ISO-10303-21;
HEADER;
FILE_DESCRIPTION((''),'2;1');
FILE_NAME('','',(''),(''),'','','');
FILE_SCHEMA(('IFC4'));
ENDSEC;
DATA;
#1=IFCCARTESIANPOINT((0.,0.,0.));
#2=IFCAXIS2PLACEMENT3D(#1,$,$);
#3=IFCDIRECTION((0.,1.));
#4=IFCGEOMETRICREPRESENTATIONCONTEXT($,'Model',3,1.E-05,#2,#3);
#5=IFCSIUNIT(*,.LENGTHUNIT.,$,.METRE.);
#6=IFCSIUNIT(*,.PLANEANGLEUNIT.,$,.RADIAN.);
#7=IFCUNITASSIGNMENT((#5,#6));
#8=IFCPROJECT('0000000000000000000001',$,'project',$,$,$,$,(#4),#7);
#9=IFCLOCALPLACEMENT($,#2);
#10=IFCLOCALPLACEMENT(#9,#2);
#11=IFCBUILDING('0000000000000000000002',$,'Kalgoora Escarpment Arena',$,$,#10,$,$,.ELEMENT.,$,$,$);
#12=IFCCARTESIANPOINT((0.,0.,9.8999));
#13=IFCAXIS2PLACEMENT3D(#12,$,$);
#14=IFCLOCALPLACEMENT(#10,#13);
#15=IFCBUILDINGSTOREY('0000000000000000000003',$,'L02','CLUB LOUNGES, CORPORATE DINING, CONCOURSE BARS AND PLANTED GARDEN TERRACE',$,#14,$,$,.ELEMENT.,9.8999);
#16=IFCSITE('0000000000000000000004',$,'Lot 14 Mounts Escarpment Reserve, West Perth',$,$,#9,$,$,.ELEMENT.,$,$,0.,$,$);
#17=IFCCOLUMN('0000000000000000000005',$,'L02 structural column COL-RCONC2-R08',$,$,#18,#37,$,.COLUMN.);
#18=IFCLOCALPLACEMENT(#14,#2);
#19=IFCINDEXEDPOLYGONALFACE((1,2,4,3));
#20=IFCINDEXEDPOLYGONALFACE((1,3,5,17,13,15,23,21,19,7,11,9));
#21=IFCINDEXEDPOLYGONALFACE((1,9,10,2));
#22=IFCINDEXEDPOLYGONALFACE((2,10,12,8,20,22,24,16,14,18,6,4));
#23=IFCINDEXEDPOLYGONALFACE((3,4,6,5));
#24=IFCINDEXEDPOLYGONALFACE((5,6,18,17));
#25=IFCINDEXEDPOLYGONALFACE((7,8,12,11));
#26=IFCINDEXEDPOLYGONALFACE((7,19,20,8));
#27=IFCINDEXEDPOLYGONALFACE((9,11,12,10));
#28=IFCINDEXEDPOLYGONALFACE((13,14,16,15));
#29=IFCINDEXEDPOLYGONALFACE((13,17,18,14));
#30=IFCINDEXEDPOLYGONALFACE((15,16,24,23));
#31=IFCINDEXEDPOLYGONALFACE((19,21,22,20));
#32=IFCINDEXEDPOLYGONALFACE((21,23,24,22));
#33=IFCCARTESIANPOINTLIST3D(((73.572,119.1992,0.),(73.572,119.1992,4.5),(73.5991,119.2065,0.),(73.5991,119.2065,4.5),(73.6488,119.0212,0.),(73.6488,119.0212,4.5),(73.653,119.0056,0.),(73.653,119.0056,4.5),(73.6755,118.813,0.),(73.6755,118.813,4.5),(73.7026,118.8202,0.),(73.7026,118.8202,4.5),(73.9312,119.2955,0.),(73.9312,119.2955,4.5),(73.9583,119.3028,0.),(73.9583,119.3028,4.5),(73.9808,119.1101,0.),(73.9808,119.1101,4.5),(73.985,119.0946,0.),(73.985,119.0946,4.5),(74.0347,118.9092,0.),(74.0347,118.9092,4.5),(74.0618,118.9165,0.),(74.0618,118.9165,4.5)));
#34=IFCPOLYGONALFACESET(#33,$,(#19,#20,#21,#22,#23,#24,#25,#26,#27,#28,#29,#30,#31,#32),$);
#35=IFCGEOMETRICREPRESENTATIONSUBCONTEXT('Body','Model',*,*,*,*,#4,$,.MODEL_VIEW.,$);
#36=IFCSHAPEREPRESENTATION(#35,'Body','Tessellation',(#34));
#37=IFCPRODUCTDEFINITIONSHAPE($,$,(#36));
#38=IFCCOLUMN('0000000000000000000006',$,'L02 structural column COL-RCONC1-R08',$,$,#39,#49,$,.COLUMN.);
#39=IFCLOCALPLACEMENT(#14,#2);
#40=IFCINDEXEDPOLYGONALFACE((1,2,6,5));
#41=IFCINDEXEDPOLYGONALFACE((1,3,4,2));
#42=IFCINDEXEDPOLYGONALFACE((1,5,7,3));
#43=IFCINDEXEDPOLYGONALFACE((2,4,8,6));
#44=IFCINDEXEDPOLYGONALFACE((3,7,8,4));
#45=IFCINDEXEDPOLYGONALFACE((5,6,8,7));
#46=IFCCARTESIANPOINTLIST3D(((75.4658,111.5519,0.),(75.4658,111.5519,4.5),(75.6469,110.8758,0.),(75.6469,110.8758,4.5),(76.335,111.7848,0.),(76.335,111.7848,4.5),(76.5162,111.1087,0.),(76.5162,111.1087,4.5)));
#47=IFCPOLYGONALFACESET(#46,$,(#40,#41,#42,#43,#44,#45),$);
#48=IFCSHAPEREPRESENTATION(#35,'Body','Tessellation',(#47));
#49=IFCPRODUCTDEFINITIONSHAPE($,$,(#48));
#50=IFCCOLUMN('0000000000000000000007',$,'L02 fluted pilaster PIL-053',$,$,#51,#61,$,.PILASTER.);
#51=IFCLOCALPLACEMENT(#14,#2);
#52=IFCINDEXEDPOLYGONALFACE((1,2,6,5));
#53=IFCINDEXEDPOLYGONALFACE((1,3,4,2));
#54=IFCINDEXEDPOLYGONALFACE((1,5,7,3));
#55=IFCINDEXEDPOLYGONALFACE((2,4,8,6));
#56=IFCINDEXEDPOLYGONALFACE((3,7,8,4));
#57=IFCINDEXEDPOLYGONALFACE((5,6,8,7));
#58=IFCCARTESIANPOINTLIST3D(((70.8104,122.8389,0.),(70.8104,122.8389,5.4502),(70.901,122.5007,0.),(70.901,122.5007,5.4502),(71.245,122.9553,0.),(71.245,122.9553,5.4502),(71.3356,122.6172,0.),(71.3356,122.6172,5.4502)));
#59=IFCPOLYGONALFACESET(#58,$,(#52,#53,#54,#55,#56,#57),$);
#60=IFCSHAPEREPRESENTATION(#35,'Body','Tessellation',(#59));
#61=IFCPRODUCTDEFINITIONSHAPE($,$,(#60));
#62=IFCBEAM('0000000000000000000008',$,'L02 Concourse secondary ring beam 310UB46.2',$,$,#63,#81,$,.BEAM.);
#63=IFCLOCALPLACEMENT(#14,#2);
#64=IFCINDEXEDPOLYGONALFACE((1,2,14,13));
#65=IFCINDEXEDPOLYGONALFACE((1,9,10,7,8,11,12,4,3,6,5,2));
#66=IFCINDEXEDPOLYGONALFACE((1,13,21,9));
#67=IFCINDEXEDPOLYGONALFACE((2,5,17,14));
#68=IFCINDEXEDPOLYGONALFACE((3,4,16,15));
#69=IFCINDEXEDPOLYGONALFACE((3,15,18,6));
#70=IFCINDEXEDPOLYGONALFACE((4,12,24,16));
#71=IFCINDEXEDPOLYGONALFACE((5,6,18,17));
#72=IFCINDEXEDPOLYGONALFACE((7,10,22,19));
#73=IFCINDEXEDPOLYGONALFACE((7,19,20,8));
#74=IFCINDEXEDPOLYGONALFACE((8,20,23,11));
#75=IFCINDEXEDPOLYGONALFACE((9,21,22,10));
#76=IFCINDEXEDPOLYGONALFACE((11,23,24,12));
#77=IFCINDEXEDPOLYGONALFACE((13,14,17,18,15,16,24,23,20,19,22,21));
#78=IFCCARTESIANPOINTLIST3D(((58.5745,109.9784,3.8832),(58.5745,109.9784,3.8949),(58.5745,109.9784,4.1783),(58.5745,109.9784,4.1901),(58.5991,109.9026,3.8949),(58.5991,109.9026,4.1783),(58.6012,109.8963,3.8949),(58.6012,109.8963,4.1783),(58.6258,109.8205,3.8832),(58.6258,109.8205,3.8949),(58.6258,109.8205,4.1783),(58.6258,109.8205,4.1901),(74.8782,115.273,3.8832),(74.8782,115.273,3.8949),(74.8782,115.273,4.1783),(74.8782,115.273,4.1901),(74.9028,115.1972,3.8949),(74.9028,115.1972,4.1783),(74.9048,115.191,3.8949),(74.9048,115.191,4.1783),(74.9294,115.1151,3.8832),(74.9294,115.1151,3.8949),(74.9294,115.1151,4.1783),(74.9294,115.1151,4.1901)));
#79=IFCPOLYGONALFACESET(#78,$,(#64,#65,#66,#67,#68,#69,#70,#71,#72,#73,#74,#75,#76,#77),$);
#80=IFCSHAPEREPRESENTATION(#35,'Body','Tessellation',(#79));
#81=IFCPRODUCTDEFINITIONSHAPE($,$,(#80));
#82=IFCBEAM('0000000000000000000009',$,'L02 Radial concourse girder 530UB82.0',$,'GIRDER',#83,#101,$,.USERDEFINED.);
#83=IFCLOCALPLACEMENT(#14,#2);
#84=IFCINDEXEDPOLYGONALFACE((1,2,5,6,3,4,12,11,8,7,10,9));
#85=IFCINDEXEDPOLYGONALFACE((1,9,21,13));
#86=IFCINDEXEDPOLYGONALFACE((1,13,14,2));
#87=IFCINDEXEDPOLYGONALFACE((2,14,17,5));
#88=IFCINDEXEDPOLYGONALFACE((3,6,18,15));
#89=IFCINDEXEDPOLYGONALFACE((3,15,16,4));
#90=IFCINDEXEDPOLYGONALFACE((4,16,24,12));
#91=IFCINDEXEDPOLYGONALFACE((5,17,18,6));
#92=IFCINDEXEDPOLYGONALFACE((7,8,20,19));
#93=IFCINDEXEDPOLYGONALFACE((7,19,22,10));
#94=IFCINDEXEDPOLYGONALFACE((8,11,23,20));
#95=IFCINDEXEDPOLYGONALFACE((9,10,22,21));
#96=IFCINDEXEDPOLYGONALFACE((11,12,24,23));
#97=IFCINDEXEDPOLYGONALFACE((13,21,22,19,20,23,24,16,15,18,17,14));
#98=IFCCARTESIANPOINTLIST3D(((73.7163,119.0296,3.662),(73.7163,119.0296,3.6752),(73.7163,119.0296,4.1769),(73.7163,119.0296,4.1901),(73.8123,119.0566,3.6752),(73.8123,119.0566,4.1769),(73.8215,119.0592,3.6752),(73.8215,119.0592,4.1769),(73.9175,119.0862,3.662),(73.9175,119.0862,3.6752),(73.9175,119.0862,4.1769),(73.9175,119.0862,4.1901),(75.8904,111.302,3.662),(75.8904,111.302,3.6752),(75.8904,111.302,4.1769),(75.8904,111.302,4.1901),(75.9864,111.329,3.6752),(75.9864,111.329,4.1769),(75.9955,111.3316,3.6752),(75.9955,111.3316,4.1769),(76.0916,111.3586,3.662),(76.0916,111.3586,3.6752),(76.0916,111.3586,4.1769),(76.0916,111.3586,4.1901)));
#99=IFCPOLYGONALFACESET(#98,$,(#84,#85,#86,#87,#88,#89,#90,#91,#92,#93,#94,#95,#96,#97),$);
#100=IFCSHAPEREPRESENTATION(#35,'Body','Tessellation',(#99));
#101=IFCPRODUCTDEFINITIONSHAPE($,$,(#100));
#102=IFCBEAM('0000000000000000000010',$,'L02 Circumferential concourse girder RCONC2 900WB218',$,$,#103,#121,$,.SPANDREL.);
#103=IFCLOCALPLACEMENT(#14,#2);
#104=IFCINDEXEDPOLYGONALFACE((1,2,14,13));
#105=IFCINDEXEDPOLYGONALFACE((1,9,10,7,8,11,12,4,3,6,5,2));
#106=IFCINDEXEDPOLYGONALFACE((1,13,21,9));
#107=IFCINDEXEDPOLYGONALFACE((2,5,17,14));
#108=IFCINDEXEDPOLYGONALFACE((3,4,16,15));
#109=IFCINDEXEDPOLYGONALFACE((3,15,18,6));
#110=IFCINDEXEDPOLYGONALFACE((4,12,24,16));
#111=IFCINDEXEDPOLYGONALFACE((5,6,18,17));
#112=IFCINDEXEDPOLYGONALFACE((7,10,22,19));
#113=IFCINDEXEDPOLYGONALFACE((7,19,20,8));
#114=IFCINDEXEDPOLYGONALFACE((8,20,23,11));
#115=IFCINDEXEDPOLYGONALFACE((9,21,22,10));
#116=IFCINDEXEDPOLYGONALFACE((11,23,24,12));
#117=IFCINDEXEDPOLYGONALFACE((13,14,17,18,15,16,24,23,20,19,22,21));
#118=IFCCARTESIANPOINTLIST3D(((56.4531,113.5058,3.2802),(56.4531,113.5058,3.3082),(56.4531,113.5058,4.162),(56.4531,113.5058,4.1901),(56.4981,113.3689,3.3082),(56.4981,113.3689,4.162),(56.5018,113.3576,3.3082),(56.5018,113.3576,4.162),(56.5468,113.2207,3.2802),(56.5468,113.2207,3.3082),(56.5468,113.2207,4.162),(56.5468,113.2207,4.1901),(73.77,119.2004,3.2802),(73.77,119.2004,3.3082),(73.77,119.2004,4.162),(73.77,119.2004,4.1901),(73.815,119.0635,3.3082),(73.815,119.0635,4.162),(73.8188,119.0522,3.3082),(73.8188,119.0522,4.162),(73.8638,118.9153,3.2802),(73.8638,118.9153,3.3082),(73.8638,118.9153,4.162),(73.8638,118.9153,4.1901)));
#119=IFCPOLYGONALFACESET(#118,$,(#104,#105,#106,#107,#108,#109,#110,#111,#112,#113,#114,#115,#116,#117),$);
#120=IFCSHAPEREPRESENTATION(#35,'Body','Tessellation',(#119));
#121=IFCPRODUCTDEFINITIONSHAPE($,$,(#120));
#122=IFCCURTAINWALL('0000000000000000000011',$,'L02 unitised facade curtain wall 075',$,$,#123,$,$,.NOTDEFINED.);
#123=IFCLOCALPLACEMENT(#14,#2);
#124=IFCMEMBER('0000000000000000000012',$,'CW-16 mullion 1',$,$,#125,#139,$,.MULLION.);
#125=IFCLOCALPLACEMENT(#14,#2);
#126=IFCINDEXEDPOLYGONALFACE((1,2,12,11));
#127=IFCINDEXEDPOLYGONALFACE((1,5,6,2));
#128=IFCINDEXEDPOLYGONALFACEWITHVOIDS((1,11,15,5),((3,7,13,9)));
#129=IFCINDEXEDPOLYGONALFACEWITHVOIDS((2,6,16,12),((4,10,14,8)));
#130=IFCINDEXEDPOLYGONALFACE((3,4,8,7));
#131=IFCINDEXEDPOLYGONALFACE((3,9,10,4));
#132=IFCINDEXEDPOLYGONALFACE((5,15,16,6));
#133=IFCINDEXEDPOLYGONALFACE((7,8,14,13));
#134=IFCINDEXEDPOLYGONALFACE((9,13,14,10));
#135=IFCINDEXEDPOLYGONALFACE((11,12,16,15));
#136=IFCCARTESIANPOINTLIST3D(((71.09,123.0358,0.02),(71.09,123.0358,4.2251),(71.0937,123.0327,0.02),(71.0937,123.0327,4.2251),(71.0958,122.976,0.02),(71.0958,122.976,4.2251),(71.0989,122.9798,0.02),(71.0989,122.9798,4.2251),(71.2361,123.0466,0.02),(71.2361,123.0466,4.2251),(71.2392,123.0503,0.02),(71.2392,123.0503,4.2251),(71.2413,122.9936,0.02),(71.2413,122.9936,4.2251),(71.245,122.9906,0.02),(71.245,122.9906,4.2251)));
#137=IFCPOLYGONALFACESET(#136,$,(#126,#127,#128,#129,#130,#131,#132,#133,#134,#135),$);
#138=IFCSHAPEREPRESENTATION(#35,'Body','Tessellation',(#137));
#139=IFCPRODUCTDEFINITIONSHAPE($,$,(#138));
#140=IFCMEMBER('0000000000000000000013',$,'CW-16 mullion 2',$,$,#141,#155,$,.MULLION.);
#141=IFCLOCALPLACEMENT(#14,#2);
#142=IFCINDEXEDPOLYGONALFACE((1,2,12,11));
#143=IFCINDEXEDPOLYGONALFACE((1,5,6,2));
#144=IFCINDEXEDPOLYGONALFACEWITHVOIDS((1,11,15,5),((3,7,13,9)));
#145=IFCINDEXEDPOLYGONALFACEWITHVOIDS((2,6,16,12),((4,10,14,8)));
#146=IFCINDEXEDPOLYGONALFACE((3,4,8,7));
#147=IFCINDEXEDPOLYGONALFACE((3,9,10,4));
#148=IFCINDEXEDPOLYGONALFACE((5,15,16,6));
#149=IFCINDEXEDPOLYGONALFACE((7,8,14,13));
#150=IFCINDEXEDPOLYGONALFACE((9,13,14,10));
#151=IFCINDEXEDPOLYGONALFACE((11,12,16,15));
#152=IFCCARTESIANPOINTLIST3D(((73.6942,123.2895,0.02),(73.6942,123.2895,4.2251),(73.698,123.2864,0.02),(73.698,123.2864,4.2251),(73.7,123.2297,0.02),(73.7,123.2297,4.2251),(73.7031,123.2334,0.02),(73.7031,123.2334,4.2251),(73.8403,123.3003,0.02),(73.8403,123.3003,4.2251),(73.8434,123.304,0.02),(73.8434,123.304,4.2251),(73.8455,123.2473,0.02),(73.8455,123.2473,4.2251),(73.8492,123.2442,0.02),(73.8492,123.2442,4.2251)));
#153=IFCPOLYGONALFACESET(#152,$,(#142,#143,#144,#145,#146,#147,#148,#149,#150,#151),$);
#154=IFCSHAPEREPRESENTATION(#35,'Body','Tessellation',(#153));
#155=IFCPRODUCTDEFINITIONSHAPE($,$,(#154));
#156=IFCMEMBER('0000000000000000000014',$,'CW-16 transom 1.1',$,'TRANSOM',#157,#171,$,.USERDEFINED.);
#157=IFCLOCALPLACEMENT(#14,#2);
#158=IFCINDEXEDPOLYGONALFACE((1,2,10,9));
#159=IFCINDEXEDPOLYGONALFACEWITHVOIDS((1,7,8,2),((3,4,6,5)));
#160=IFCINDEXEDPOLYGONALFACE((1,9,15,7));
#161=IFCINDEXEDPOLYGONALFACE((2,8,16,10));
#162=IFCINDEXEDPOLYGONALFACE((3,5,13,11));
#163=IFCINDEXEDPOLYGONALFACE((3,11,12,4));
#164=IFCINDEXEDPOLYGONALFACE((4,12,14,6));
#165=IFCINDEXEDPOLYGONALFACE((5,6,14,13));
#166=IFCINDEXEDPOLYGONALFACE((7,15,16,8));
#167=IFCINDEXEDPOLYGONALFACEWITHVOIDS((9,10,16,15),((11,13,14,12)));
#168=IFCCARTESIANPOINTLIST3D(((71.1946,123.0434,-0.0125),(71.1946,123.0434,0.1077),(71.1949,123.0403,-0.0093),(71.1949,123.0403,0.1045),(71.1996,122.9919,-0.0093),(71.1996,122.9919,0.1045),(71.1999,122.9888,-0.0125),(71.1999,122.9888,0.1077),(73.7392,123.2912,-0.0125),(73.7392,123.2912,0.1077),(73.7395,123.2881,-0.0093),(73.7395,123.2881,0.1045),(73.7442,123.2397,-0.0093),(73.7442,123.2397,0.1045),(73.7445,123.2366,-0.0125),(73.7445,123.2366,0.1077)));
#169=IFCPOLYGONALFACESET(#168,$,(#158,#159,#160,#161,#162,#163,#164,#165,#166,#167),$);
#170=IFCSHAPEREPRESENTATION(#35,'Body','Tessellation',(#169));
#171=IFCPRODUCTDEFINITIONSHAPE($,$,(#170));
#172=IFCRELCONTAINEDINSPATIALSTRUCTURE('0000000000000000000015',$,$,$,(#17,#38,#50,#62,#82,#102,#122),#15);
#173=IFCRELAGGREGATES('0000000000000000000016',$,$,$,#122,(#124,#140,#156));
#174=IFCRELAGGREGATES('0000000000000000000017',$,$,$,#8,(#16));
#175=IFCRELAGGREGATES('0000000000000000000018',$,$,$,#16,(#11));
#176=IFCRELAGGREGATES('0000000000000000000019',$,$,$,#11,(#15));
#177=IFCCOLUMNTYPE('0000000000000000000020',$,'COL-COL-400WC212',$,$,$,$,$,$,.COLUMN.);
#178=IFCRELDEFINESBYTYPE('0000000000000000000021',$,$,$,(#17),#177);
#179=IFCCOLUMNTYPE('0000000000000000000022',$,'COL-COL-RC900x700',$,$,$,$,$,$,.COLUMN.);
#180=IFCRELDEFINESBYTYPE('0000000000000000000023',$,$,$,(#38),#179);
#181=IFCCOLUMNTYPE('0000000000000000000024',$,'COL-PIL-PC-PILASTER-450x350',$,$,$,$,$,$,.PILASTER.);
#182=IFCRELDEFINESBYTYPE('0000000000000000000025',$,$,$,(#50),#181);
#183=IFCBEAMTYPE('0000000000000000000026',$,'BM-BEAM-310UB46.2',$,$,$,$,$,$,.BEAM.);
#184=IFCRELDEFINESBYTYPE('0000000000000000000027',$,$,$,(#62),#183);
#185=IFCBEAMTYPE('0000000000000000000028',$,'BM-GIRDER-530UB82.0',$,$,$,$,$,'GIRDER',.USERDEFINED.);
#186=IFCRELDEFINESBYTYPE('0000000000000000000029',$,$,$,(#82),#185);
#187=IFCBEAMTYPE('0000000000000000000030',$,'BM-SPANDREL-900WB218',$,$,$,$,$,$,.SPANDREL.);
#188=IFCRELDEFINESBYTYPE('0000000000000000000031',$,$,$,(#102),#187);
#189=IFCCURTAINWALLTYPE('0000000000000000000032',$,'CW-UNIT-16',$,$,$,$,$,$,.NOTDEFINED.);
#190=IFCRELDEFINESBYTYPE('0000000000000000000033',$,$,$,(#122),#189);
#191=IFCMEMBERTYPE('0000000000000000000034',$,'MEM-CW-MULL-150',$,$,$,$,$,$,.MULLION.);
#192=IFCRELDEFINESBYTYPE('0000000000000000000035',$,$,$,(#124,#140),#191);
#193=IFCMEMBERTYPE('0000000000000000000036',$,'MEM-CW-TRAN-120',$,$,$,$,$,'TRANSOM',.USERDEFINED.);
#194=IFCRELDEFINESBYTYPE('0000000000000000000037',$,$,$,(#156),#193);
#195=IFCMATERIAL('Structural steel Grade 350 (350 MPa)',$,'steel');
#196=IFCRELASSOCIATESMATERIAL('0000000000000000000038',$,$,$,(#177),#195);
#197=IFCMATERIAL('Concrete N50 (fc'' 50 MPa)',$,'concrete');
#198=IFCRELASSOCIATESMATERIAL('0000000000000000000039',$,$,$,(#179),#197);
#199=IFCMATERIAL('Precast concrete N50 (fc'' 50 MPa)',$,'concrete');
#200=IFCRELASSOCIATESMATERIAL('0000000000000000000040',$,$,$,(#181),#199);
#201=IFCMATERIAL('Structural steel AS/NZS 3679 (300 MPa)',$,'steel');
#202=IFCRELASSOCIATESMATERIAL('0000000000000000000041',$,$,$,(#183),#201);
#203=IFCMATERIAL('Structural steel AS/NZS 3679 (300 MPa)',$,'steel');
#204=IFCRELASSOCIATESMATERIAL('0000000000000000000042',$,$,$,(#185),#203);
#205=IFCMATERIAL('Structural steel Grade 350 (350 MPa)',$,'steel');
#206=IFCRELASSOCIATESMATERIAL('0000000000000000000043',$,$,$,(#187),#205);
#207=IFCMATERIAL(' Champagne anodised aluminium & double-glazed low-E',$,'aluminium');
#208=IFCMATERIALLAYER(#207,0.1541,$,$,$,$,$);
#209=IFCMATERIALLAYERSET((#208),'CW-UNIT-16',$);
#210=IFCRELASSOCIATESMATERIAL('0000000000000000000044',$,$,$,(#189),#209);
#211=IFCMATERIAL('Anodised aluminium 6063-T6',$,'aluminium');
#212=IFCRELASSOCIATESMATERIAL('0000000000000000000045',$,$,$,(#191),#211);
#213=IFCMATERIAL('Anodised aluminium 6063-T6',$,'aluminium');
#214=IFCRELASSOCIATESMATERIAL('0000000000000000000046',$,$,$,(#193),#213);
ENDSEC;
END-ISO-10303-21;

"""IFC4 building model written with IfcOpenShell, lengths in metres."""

from ifc_helpers import new_model, si_unit, direction, frame, origin, origin_2d, place, context, subcontext, project, spatial, rectangle, hollow_rectangle, i_section, extrude, material, layer, layer_set, material_profile, profile_set, type_object, element, aggregate, save


model = new_model("IFC4")

# Units and contexts
model_context = context("Model", 3, precision=1e-05, world=origin(), true_north=direction((0.0, 1.0)))
body_context = subcontext(model_context, "Body", "Model", "MODEL_VIEW")
ifc_project = project(units=[si_unit("LENGTHUNIT", "METRE"), si_unit("PLANEANGLEUNIT", "RADIAN")], contexts=[model_context])

# Site, building, storey
site_placement = place(None, origin())
site = spatial("IfcSite", under=ifc_project, at=site_placement, Name="Lot 14 Mounts Escarpment Reserve, West Perth", CompositionType="ELEMENT", RefElevation=0.0)
building_placement = place(site_placement, origin())
building = spatial("IfcBuilding", under=site, at=building_placement, Name="Kalgoora Escarpment Arena", CompositionType="ELEMENT")
storey_placement = place(building_placement, frame((0.0, 0.0, 9.8999)))
storey = spatial("IfcBuildingStorey", under=building, at=storey_placement, Name="L02", Description="CLUB LOUNGES, CORPORATE DINING, CONCOURSE BARS AND PLANTED GARDEN TERRACE", CompositionType="ELEMENT", Elevation=9.8999)

# Columns
ifc_material_1 = material(Name="Structural steel Grade 350 (350 MPa)", Category="steel")
ifc_material_profile_1 = material_profile(ifc_material_1, i_section(OverallWidth=0.3999, OverallDepth=0.3999, WebThickness=0.0161, FlangeThickness=0.0281, at=origin_2d()))
ifc_profile_set_1 = profile_set([ifc_material_profile_1], Name="Structural steel Grade 350 (350 MPa)")
column_type_1 = type_object("IfcColumnType", Name="COL-COL-400WC212", PredefinedType="COLUMN", material=ifc_profile_set_1)
column_1_placement = place(storey_placement, frame((73.8169, 119.0579, 0.0), z_axis=(0.0, 0.0, 1.0), x_axis=(-0.258819, 0.965926, 0.0)))
element("IfcColumn", 1, at=column_1_placement, inside=storey, type_object=column_type_1, Name="L02 structural column COL-RCONC2-R08", PredefinedType="COLUMN", context=body_context, shape_type="SweptSolid", body=[
    extrude(i_section(OverallWidth=0.3999, OverallDepth=0.3999, WebThickness=0.0161, FlangeThickness=0.0281, at=origin_2d()), origin(), (0.0, 0.0, 1.0), 4.5),
])
ifc_material_2 = material(Name="Concrete N50 (fc' 50 MPa)", Category="concrete")
ifc_material_profile_2 = material_profile(ifc_material_2, rectangle(XDim=0.7, YDim=0.8999, at=origin_2d()))
ifc_profile_set_2 = profile_set([ifc_material_profile_2], Name="Concrete N50 (fc' 50 MPa)")
column_type_2 = type_object("IfcColumnType", Name="COL-COL-RC900x700", PredefinedType="COLUMN", material=ifc_profile_set_2)
column_2_placement = place(storey_placement, frame((75.991, 111.3303, 0.0), z_axis=(0.0, 0.0, 1.0), x_axis=(-0.258819, 0.965926, 0.0)))
element("IfcColumn", 2, at=column_2_placement, inside=storey, type_object=column_type_2, Name="L02 structural column COL-RCONC1-R08", PredefinedType="COLUMN", context=body_context, shape_type="SweptSolid", body=[
    extrude(rectangle(XDim=0.7, YDim=0.8999, at=origin_2d()), origin(), (0.0, 0.0, 1.0), 4.5),
])
ifc_material_3 = material(Name="Precast concrete N50 (fc' 50 MPa)", Category="concrete")
ifc_material_profile_3 = material_profile(ifc_material_3, rectangle(XDim=0.3501, YDim=0.45, at=origin_2d()))
ifc_profile_set_3 = profile_set([ifc_material_profile_3], Name="Precast concrete N50 (fc' 50 MPa)")
column_type_3 = type_object("IfcColumnType", Name="COL-PIL-PC-PILASTER-450x350", PredefinedType="PILASTER", material=ifc_profile_set_3)
column_3_placement = place(storey_placement, frame((71.073, 122.728, 0.0), z_axis=(0.0, 0.0, 1.0), x_axis=(-0.258819, 0.965926, 0.0)))
element("IfcColumn", 3, at=column_3_placement, inside=storey, type_object=column_type_3, Name="L02 fluted pilaster PIL-053", PredefinedType="PILASTER", context=body_context, shape_type="SweptSolid", body=[
    extrude(rectangle(XDim=0.3501, YDim=0.45, at=origin_2d()), origin(), (0.0, 0.0, 1.0), 5.4502),
])

# Beams
ifc_material_4 = material(Name="Structural steel AS/NZS 3679 (300 MPa)", Category="steel")
ifc_material_profile_4 = material_profile(ifc_material_4, i_section(OverallWidth=0.166, OverallDepth=0.3069, WebThickness=0.0066, FlangeThickness=0.0117, at=origin_2d()))
ifc_profile_set_4 = profile_set([ifc_material_profile_4], Name="Structural steel AS/NZS 3679 (300 MPa)")
beam_type_1 = type_object("IfcBeamType", Name="BM-BEAM-310UB46.2", PredefinedType="BEAM", material=ifc_profile_set_4)
beam_1_placement = place(storey_placement, frame((74.9038, 115.1941, 4.0366), z_axis=(-0.951103, -0.308874, 0.0), x_axis=(0.308874, -0.951103, 0.0)))
element("IfcBeam", 4, at=beam_1_placement, inside=storey, type_object=beam_type_1, Name="L02 Concourse secondary ring beam 310UB46.2", PredefinedType="BEAM", context=body_context, shape_type="SweptSolid", body=[
    extrude(i_section(OverallWidth=0.166, OverallDepth=0.3069, WebThickness=0.0066, FlangeThickness=0.0117, at=origin_2d()), origin(), (0.0, 0.0, 1.0), 17.1418),
])
ifc_material_5 = material(Name="Structural steel AS/NZS 3679 (300 MPa)", Category="steel")
ifc_material_profile_5 = material_profile(ifc_material_5, i_section(OverallWidth=0.209, OverallDepth=0.5281, WebThickness=0.0095, FlangeThickness=0.0132, at=origin_2d()))
ifc_profile_set_5 = profile_set([ifc_material_profile_5], Name="Structural steel AS/NZS 3679 (300 MPa)")
beam_type_2 = type_object("IfcBeamType", Name="BM-GIRDER-530UB82.0", ElementType="GIRDER", PredefinedType="USERDEFINED", material=ifc_profile_set_5)
beam_2_placement = place(storey_placement, frame((75.991, 111.3303, 3.926), z_axis=(-0.270827, 0.962628, 0.0), x_axis=(-0.962628, -0.270827, 0.0)))
element("IfcBeam", 5, at=beam_2_placement, inside=storey, type_object=beam_type_2, Name="L02 Radial concourse girder 530UB82.0", ObjectType="GIRDER", PredefinedType="USERDEFINED", context=body_context, shape_type="SweptSolid", body=[
    extrude(i_section(OverallWidth=0.209, OverallDepth=0.5281, WebThickness=0.0095, FlangeThickness=0.0132, at=origin_2d()), origin(), (0.0, 0.0, 1.0), 8.0276),
])
ifc_material_6 = material(Name="Structural steel Grade 350 (350 MPa)", Category="steel")
ifc_material_profile_6 = material_profile(ifc_material_6, i_section(OverallWidth=0.3, OverallDepth=0.9099, WebThickness=0.012, FlangeThickness=0.0281, at=origin_2d()))
ifc_profile_set_6 = profile_set([ifc_material_profile_6], Name="Structural steel Grade 350 (350 MPa)")
beam_type_3 = type_object("IfcBeamType", Name="BM-SPANDREL-900WB218", PredefinedType="SPANDREL", material=ifc_profile_set_6)
beam_3_placement = place(storey_placement, frame((73.8169, 119.0579, 3.7351), z_axis=(-0.949955, -0.312388, 0.0), x_axis=(0.312388, -0.949955, 0.0)))
element("IfcBeam", 6, at=beam_3_placement, inside=storey, type_object=beam_type_3, Name="L02 Circumferential concourse girder RCONC2 900WB218", PredefinedType="SPANDREL", context=body_context, shape_type="SweptSolid", body=[
    extrude(i_section(OverallWidth=0.3, OverallDepth=0.9099, WebThickness=0.012, FlangeThickness=0.0281, at=origin_2d()), origin(), (0.0, 0.0, 1.0), 18.2292),
])

# Curtain wall, members
ifc_material_7 = material(Name=" Champagne anodised aluminium & double-glazed low-E", Category="aluminium")
ifc_layer_1 = layer(ifc_material_7, 0.1541)
ifc_layer_set_1 = layer_set([ifc_layer_1], Name="CW-UNIT-16")
curtain_wall_type = type_object("IfcCurtainWallType", Name="CW-UNIT-16", PredefinedType="NOTDEFINED", material=ifc_layer_set_1)
curtain_wall_placement = place(storey_placement, origin())
curtain_wall = element("IfcCurtainWall", 7, at=curtain_wall_placement, inside=storey, type_object=curtain_wall_type, Name="L02 unitised facade curtain wall 075", PredefinedType="NOTDEFINED")
ifc_material_8 = material(Name="Anodised aluminium 6063-T6", Category="aluminium")
ifc_material_profile_7 = material_profile(ifc_material_8, hollow_rectangle(XDim=0.0601, YDim=0.1499, WallThickness=0.0034, at=origin_2d()))
ifc_profile_set_7 = profile_set([ifc_material_profile_7], Name="Anodised aluminium 6063-T6")
member_type_1 = type_object("IfcMemberType", Name="MEM-CW-MULL-150", PredefinedType="MULLION", material=ifc_profile_set_7)
member_1_placement = place(storey_placement, frame((71.1675, 123.0132, 0.02), z_axis=(0.0, 0.0, 1.0), x_axis=(-0.096853, 0.995299, 0.0)))
member_1 = element("IfcMember", 8, at=member_1_placement, type_object=member_type_1, Name="CW-16 mullion 1", PredefinedType="MULLION", context=body_context, shape_type="SweptSolid", body=[
    extrude(hollow_rectangle(XDim=0.0601, YDim=0.1499, WallThickness=0.0034, at=origin_2d()), origin(), (0.0, 0.0, 1.0), 4.2051),
])
member_2_placement = place(storey_placement, frame((73.7717, 123.2668, 0.02), z_axis=(0.0, 0.0, 1.0), x_axis=(-0.096853, 0.995299, 0.0)))
member_2 = element("IfcMember", 9, at=member_2_placement, type_object=member_type_1, Name="CW-16 mullion 2", PredefinedType="MULLION", context=body_context, shape_type="SweptSolid", body=[
    extrude(hollow_rectangle(XDim=0.0601, YDim=0.1499, WallThickness=0.0034, at=origin_2d()), origin(), (0.0, 0.0, 1.0), 4.2051),
])
ifc_material_9 = material(Name="Anodised aluminium 6063-T6", Category="aluminium")
ifc_material_profile_8 = material_profile(ifc_material_9, hollow_rectangle(XDim=0.0549, YDim=0.1201, WallThickness=0.0032, at=origin_2d()))
ifc_profile_set_8 = profile_set([ifc_material_profile_8], Name="Anodised aluminium 6063-T6")
member_type_2 = type_object("IfcMemberType", Name="MEM-CW-TRAN-120", ElementType="TRANSOM", PredefinedType="USERDEFINED", material=ifc_profile_set_8)
member_3_placement = place(storey_placement, frame((71.1973, 123.0161, 0.0476), z_axis=(0.995292, 0.096922, 0.0), x_axis=(-0.096922, 0.995292, 0.0)))
member_3 = element("IfcMember", 10, at=member_3_placement, type_object=member_type_2, Name="CW-16 transom 1.1", ObjectType="TRANSOM", PredefinedType="USERDEFINED", context=body_context, shape_type="SweptSolid", body=[
    extrude(hollow_rectangle(XDim=0.0549, YDim=0.1201, WallThickness=0.0032, at=origin_2d()), origin(), (0.0, 0.0, 1.0), 2.5566),
])

aggregate(curtain_wall, [member_1, member_2, member_3])

save(model, "model.ifc")
